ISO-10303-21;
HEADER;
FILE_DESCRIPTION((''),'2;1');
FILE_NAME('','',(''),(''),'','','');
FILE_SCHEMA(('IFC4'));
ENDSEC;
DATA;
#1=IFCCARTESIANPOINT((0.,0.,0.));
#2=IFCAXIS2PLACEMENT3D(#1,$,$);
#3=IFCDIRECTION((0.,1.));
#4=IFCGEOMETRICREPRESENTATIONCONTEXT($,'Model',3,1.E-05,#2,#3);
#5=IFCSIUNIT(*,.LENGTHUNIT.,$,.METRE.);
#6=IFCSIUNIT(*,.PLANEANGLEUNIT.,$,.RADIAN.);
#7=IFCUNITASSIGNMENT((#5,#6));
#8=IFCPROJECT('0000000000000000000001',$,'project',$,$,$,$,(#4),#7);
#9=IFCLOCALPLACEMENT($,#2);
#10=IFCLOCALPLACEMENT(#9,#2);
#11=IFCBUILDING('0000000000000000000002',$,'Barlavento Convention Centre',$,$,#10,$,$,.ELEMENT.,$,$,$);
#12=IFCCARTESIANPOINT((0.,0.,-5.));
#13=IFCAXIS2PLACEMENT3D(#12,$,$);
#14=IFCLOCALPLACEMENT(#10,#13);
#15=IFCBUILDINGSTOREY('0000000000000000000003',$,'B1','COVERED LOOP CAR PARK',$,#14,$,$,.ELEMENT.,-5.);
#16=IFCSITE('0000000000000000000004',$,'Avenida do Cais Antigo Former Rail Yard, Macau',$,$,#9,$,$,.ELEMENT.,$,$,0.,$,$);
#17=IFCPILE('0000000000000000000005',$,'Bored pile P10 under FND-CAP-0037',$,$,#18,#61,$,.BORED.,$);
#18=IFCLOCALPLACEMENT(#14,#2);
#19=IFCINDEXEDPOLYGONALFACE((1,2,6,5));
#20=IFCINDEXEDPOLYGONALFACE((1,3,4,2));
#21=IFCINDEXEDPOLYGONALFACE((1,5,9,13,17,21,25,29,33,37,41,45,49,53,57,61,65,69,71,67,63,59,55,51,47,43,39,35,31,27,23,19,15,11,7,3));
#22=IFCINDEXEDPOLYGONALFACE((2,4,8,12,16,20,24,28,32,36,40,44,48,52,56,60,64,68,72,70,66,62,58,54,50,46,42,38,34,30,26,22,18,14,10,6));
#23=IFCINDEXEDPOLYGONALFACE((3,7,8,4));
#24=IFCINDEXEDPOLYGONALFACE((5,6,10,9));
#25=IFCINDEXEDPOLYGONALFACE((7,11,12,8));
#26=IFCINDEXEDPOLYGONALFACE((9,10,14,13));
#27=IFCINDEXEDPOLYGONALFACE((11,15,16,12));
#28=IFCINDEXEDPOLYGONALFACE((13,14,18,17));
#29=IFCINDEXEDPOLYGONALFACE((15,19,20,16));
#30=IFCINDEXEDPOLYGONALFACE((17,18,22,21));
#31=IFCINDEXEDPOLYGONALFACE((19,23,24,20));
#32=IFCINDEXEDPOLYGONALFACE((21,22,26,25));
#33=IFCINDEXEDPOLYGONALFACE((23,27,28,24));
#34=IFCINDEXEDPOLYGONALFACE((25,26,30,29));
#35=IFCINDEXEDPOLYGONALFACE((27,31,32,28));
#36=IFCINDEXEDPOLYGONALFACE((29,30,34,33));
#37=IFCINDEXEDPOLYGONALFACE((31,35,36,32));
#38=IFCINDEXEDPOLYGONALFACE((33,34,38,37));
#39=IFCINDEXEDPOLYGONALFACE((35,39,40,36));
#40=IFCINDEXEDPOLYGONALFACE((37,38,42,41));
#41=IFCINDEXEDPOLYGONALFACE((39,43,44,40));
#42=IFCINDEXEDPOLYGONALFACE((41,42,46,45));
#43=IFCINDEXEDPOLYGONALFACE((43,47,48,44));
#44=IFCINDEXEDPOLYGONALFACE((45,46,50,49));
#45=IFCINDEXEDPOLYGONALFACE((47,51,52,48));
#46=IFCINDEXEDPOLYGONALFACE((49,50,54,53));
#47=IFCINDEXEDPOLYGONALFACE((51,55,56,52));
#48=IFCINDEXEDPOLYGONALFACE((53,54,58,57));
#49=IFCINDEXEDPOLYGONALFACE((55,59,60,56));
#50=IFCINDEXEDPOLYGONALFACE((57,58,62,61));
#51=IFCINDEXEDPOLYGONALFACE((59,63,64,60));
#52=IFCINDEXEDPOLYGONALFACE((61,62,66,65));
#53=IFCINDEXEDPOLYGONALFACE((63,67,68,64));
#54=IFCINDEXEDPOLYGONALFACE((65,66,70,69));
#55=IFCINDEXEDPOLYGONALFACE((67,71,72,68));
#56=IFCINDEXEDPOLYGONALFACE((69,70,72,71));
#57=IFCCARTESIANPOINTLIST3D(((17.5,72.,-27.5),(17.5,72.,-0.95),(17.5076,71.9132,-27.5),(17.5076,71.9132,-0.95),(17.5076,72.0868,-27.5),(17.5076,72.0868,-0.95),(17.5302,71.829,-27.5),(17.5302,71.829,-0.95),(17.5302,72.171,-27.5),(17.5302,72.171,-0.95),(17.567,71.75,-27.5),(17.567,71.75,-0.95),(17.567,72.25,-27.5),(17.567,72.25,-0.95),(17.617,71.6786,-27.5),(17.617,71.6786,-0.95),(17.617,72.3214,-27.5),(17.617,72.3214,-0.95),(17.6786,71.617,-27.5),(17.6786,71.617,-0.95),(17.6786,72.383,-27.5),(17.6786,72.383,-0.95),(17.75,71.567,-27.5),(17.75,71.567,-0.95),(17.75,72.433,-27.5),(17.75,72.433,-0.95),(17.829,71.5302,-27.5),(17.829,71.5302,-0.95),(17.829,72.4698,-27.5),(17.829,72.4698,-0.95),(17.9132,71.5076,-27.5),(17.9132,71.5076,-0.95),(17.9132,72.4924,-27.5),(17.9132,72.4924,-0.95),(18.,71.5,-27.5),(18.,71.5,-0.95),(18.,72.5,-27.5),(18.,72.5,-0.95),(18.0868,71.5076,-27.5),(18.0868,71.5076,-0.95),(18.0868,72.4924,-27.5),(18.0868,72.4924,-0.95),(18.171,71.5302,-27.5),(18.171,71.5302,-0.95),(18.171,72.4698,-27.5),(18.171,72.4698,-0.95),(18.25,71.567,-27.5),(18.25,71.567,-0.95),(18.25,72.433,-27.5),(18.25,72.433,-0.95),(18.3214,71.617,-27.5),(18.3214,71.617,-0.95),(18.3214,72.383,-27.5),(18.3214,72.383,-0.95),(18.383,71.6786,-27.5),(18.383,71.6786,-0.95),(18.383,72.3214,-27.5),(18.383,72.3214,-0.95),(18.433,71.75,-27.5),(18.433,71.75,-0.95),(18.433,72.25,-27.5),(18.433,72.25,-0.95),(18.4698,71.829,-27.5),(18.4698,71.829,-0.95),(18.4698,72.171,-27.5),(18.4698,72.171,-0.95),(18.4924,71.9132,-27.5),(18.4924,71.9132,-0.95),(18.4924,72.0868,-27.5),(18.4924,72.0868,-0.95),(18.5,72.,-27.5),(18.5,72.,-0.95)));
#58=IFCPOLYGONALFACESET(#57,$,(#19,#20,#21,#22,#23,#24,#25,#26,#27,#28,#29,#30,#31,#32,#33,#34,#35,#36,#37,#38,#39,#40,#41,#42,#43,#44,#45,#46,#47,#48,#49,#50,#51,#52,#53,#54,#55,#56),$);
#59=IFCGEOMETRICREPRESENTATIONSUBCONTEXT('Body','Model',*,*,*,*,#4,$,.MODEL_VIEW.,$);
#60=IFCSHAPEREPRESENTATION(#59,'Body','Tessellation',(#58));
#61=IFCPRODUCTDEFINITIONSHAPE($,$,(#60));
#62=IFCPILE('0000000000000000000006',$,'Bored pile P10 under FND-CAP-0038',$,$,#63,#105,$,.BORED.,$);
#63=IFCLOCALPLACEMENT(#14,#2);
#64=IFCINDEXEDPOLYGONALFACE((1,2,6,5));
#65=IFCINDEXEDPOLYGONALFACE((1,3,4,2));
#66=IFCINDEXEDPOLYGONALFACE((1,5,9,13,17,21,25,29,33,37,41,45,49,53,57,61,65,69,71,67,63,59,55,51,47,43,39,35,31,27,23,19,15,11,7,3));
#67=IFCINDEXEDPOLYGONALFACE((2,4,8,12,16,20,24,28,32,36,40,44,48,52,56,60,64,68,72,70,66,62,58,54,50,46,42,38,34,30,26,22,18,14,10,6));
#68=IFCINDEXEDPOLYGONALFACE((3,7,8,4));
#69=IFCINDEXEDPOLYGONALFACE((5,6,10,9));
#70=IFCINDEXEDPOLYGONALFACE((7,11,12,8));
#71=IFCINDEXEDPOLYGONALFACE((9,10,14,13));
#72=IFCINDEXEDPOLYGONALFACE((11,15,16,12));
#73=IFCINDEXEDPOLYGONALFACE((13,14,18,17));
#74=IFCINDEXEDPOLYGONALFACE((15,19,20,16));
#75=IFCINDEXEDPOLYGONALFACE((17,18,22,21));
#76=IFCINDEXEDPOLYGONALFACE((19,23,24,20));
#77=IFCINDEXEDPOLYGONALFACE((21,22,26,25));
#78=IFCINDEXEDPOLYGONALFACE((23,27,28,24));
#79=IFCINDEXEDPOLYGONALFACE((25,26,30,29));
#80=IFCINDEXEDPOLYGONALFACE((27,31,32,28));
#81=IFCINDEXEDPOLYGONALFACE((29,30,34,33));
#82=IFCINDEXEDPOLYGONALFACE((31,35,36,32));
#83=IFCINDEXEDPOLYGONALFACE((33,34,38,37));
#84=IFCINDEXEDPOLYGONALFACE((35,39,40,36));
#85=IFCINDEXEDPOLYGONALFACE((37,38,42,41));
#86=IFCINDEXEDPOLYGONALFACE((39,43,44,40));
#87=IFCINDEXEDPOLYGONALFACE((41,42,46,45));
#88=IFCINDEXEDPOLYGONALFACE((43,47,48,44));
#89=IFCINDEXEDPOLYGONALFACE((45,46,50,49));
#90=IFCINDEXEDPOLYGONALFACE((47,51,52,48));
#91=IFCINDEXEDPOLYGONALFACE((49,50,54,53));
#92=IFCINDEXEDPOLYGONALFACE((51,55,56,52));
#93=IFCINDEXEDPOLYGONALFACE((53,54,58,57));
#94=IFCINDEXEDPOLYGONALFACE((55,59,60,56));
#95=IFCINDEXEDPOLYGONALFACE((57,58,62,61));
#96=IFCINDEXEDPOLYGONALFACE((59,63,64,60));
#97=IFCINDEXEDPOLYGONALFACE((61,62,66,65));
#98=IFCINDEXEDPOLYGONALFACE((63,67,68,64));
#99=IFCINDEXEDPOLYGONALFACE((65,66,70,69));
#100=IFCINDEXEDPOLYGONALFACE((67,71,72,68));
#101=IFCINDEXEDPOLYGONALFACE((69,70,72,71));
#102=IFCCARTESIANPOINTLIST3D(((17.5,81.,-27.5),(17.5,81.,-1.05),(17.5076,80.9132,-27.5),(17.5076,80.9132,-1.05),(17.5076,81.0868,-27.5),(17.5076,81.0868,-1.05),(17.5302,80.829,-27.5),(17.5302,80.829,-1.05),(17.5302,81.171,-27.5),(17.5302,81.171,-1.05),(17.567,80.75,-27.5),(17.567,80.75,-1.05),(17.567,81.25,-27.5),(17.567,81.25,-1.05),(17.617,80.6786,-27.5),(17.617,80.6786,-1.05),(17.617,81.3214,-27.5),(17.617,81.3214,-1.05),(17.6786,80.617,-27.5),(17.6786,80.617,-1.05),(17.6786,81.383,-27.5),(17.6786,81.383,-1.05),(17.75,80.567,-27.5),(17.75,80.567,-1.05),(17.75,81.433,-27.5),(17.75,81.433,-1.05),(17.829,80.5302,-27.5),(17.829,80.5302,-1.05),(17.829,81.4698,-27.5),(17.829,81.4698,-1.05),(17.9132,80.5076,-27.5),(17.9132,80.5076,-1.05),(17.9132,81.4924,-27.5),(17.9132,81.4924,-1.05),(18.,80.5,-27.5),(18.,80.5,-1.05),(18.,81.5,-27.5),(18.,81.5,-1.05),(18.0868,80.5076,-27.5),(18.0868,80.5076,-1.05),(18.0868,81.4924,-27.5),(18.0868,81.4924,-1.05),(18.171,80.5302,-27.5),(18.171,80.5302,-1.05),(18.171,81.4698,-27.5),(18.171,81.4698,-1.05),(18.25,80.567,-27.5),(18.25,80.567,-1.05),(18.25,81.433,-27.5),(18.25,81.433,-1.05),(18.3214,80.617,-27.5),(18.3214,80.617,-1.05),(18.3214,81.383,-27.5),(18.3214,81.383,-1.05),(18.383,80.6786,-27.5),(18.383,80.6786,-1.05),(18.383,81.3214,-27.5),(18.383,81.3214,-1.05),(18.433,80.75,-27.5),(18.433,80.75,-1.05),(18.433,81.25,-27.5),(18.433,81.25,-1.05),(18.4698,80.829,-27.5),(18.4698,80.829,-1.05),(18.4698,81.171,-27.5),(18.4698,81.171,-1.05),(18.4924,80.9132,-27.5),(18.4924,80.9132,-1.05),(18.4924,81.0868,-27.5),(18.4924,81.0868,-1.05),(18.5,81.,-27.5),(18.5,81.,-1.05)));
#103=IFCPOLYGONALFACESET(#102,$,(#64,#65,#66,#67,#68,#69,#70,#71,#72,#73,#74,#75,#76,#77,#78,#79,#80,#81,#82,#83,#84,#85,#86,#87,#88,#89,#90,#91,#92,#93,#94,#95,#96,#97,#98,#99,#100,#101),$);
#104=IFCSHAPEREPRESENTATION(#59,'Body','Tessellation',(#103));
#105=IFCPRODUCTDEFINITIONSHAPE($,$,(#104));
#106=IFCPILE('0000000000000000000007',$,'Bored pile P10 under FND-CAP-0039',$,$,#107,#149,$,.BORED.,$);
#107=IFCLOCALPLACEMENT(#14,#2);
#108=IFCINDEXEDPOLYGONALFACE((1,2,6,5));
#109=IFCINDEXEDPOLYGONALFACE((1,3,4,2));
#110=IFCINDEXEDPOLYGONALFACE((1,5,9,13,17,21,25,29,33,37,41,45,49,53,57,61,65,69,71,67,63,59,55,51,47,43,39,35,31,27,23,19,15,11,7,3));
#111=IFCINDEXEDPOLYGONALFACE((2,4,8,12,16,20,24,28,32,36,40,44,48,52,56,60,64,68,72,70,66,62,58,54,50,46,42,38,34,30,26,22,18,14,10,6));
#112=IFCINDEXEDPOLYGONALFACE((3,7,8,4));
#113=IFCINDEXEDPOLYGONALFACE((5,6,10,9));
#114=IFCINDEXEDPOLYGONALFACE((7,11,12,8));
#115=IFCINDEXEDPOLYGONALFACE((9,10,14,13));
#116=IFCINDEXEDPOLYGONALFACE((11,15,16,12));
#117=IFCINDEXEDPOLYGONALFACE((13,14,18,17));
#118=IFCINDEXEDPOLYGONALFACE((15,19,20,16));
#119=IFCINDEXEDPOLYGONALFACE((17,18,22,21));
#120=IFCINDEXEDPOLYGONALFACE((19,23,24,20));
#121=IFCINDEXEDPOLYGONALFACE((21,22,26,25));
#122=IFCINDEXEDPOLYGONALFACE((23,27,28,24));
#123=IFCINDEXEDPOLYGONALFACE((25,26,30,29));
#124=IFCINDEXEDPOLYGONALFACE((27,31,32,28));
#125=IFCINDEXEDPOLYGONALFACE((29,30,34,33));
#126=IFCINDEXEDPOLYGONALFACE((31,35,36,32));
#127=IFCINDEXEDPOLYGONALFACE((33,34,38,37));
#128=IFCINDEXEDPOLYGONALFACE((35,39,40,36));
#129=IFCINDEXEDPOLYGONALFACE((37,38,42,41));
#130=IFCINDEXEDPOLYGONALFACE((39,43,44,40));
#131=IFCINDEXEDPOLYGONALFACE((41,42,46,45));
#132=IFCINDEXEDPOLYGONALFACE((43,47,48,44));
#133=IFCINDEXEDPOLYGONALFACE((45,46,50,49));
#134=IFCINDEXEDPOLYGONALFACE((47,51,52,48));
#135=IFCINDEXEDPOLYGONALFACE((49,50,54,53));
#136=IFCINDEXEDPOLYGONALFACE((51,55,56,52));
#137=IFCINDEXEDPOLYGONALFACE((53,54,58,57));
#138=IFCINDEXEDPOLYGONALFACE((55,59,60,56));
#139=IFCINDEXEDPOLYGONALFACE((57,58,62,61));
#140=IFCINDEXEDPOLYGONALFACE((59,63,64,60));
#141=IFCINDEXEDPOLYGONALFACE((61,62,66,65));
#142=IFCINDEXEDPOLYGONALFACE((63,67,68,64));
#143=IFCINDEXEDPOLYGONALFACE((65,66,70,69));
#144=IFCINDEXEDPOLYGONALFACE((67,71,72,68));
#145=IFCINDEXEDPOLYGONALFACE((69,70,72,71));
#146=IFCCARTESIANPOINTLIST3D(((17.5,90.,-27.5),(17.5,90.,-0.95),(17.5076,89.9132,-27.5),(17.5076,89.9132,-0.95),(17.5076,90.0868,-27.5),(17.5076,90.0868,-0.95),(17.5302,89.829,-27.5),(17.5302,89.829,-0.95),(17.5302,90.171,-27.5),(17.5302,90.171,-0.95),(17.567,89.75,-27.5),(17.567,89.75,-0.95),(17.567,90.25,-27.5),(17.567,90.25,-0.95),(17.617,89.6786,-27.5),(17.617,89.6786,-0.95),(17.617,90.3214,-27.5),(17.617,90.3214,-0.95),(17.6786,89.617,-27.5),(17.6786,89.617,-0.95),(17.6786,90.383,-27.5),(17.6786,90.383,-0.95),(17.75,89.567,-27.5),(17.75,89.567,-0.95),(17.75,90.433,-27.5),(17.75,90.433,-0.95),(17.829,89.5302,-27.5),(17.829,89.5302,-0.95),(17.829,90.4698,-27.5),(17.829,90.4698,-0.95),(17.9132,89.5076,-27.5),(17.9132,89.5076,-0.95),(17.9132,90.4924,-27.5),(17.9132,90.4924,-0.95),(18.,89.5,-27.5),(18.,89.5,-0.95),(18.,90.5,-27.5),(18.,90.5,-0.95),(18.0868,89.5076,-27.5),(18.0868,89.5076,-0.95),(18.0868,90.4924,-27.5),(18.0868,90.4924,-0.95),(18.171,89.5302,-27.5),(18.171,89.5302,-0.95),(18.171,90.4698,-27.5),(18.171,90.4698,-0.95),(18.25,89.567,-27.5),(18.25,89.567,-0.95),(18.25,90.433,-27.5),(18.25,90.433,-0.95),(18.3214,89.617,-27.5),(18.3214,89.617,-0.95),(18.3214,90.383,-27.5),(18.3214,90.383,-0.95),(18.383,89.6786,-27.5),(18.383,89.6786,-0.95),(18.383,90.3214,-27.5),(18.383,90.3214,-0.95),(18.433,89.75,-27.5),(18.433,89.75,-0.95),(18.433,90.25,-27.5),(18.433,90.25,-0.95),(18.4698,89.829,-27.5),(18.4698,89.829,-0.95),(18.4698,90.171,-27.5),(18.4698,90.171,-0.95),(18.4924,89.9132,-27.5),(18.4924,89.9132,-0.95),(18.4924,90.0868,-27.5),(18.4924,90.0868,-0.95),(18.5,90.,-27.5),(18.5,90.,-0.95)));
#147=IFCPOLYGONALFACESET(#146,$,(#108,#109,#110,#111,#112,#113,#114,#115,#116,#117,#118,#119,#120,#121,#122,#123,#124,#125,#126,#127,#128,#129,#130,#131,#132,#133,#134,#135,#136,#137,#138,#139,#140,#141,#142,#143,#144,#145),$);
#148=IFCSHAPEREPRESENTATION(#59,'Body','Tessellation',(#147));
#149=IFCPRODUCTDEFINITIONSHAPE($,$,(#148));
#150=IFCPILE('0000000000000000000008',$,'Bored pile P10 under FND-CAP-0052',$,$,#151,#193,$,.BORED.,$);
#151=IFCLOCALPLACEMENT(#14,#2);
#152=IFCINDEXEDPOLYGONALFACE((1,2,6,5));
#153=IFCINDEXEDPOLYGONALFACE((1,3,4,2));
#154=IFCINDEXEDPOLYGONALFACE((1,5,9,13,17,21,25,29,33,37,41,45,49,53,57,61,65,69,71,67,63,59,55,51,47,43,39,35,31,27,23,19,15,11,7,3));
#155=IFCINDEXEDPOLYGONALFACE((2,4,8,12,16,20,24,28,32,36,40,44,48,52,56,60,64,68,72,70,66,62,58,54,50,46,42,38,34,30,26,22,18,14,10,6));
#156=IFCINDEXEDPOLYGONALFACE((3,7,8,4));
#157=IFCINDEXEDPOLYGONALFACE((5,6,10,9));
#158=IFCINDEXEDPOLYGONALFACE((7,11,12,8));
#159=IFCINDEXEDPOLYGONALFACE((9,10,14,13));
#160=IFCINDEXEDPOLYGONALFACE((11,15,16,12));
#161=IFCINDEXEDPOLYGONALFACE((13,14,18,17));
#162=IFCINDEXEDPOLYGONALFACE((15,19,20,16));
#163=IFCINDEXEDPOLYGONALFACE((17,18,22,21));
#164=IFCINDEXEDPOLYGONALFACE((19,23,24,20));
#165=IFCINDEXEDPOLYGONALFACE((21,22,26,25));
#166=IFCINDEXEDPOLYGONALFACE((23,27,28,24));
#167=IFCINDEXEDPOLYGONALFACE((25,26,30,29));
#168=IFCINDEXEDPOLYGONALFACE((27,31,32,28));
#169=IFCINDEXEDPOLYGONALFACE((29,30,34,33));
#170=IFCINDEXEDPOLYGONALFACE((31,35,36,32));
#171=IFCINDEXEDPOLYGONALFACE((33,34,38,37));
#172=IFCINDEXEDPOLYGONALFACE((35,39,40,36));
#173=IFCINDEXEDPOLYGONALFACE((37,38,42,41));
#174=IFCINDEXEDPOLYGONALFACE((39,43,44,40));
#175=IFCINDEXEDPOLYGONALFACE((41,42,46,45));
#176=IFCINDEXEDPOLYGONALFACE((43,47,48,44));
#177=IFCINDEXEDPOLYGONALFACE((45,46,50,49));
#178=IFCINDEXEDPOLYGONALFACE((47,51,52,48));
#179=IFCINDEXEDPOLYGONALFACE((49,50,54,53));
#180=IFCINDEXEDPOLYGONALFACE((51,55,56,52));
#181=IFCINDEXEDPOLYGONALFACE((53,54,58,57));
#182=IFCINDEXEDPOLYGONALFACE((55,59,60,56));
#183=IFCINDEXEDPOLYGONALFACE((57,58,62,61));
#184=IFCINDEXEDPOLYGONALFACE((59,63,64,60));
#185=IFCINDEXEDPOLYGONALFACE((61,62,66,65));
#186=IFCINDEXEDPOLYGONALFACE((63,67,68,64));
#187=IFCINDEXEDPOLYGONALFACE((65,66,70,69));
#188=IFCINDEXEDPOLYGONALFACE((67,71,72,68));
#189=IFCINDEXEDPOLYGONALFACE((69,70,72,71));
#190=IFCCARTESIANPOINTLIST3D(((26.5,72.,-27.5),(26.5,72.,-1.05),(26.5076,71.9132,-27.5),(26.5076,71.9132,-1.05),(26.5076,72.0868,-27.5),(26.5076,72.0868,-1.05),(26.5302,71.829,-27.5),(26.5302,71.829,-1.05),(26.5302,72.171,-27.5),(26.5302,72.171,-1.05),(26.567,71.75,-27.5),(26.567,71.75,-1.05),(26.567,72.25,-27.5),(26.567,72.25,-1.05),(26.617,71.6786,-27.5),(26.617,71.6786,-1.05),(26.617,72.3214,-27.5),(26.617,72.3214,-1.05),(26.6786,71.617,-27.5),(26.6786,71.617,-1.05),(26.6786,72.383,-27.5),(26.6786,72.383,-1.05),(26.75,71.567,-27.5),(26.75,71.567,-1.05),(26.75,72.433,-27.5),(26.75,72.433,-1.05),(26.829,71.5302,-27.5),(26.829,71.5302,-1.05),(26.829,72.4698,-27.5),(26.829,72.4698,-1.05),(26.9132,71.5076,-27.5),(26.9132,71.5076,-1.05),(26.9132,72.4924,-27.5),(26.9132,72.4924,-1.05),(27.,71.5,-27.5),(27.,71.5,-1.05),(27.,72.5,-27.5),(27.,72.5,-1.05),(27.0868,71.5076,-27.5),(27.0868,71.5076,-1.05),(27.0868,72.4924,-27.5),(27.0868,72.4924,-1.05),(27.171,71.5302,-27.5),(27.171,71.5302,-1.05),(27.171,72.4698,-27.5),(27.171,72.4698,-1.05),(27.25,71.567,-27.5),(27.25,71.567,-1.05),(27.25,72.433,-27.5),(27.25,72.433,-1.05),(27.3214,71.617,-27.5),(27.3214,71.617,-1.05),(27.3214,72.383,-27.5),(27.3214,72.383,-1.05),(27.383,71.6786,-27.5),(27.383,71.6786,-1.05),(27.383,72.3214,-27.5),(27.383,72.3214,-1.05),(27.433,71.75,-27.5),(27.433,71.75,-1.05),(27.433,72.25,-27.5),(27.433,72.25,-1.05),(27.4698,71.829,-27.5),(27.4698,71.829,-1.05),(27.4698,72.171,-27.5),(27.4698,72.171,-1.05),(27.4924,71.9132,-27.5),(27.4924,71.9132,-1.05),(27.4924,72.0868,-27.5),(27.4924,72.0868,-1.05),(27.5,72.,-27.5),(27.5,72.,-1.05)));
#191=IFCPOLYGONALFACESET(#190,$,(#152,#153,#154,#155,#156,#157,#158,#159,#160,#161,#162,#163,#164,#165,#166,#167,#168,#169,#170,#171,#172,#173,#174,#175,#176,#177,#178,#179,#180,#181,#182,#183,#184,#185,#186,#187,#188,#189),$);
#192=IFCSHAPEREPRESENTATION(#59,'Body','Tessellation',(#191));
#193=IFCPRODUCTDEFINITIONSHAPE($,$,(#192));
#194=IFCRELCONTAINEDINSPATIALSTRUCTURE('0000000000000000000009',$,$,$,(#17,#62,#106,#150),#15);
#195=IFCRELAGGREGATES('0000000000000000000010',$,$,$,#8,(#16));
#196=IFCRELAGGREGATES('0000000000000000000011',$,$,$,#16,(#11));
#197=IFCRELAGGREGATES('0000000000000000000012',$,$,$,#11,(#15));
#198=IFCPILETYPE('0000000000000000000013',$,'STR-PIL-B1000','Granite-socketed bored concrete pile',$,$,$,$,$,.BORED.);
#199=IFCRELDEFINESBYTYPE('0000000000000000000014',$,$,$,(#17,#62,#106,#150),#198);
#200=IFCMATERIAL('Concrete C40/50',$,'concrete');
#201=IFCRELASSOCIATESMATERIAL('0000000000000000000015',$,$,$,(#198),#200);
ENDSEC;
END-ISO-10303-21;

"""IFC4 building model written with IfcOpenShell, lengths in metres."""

from ifc_helpers import new_model, si_unit, direction, frame, origin, origin_2d, place, context, subcontext, project, spatial, circle, extrude, material, material_profile, profile_set, type_object, element, save


model = new_model("IFC4")

# Units and contexts
model_context = context("Model", 3, precision=1e-05, world=origin(), true_north=direction((0.0, 1.0)))
body_context = subcontext(model_context, "Body", "Model", "MODEL_VIEW")
ifc_project = project(units=[si_unit("LENGTHUNIT", "METRE"), si_unit("PLANEANGLEUNIT", "RADIAN")], contexts=[model_context])

# Site, building, storey
site_placement = place(None, origin())
site = spatial("IfcSite", under=ifc_project, at=site_placement, Name="Avenida do Cais Antigo Former Rail Yard, Macau", CompositionType="ELEMENT", RefElevation=0.0)
building_placement = place(site_placement, origin())
building = spatial("IfcBuilding", under=site, at=building_placement, Name="Barlavento Convention Centre", CompositionType="ELEMENT")
storey_placement = place(building_placement, frame((0.0, 0.0, -5.0)))
storey = spatial("IfcBuildingStorey", under=building, at=storey_placement, Name="B1", Description="COVERED LOOP CAR PARK", CompositionType="ELEMENT", Elevation=-5.0)

# Shared definitions
ifc_material_1 = material(Name="Concrete C40/50", Category="concrete")

# Piles
ifc_material_profile_1 = material_profile(ifc_material_1, circle(Radius=0.5, at=origin_2d()), Name="BORED PILE 1000")
ifc_profile_set_1 = profile_set([ifc_material_profile_1], Name="Concrete C40/50")
pile_type_1 = type_object("IfcPileType", Name="STR-PIL-B1000", Description="Granite-socketed bored concrete pile", PredefinedType="BORED", material=ifc_profile_set_1)
pile_1_placement = place(storey_placement, frame((18.0, 72.0, -0.95), z_axis=(0.0, 0.0, -1.0), x_axis=(1.0, 0.0, 0.0)))
element("IfcPile", 1, at=pile_1_placement, inside=storey, type_object=pile_type_1, Name="Bored pile P10 under FND-CAP-0037", PredefinedType="BORED", context=body_context, shape_type="SweptSolid", body=[
    extrude(circle(Radius=0.5, at=origin_2d()), origin(), (0.0, 0.0, 1.0), 26.55),
])
pile_2_placement = place(storey_placement, frame((18.0, 81.0, -1.05), z_axis=(0.0, 0.0, -1.0), x_axis=(1.0, 0.0, 0.0)))
element("IfcPile", 2, at=pile_2_placement, inside=storey, type_object=pile_type_1, Name="Bored pile P10 under FND-CAP-0038", PredefinedType="BORED", context=body_context, shape_type="SweptSolid", body=[
    extrude(circle(Radius=0.5, at=origin_2d()), origin(), (0.0, 0.0, 1.0), 26.45),
])
pile_3_placement = place(storey_placement, frame((18.0, 90.0, -0.95), z_axis=(0.0, 0.0, -1.0), x_axis=(1.0, 0.0, 0.0)))
element("IfcPile", 3, at=pile_3_placement, inside=storey, type_object=pile_type_1, Name="Bored pile P10 under FND-CAP-0039", PredefinedType="BORED", context=body_context, shape_type="SweptSolid", body=[
    extrude(circle(Radius=0.5, at=origin_2d()), origin(), (0.0, 0.0, 1.0), 26.55),
])
pile_4_placement = place(storey_placement, frame((27.0, 72.0, -1.05), z_axis=(0.0, 0.0, -1.0), x_axis=(1.0, 0.0, 0.0)))
element("IfcPile", 4, at=pile_4_placement, inside=storey, type_object=pile_type_1, Name="Bored pile P10 under FND-CAP-0052", PredefinedType="BORED", context=body_context, shape_type="SweptSolid", body=[
    extrude(circle(Radius=0.5, at=origin_2d()), origin(), (0.0, 0.0, 1.0), 26.45),
])

save(model, "model.ifc")
